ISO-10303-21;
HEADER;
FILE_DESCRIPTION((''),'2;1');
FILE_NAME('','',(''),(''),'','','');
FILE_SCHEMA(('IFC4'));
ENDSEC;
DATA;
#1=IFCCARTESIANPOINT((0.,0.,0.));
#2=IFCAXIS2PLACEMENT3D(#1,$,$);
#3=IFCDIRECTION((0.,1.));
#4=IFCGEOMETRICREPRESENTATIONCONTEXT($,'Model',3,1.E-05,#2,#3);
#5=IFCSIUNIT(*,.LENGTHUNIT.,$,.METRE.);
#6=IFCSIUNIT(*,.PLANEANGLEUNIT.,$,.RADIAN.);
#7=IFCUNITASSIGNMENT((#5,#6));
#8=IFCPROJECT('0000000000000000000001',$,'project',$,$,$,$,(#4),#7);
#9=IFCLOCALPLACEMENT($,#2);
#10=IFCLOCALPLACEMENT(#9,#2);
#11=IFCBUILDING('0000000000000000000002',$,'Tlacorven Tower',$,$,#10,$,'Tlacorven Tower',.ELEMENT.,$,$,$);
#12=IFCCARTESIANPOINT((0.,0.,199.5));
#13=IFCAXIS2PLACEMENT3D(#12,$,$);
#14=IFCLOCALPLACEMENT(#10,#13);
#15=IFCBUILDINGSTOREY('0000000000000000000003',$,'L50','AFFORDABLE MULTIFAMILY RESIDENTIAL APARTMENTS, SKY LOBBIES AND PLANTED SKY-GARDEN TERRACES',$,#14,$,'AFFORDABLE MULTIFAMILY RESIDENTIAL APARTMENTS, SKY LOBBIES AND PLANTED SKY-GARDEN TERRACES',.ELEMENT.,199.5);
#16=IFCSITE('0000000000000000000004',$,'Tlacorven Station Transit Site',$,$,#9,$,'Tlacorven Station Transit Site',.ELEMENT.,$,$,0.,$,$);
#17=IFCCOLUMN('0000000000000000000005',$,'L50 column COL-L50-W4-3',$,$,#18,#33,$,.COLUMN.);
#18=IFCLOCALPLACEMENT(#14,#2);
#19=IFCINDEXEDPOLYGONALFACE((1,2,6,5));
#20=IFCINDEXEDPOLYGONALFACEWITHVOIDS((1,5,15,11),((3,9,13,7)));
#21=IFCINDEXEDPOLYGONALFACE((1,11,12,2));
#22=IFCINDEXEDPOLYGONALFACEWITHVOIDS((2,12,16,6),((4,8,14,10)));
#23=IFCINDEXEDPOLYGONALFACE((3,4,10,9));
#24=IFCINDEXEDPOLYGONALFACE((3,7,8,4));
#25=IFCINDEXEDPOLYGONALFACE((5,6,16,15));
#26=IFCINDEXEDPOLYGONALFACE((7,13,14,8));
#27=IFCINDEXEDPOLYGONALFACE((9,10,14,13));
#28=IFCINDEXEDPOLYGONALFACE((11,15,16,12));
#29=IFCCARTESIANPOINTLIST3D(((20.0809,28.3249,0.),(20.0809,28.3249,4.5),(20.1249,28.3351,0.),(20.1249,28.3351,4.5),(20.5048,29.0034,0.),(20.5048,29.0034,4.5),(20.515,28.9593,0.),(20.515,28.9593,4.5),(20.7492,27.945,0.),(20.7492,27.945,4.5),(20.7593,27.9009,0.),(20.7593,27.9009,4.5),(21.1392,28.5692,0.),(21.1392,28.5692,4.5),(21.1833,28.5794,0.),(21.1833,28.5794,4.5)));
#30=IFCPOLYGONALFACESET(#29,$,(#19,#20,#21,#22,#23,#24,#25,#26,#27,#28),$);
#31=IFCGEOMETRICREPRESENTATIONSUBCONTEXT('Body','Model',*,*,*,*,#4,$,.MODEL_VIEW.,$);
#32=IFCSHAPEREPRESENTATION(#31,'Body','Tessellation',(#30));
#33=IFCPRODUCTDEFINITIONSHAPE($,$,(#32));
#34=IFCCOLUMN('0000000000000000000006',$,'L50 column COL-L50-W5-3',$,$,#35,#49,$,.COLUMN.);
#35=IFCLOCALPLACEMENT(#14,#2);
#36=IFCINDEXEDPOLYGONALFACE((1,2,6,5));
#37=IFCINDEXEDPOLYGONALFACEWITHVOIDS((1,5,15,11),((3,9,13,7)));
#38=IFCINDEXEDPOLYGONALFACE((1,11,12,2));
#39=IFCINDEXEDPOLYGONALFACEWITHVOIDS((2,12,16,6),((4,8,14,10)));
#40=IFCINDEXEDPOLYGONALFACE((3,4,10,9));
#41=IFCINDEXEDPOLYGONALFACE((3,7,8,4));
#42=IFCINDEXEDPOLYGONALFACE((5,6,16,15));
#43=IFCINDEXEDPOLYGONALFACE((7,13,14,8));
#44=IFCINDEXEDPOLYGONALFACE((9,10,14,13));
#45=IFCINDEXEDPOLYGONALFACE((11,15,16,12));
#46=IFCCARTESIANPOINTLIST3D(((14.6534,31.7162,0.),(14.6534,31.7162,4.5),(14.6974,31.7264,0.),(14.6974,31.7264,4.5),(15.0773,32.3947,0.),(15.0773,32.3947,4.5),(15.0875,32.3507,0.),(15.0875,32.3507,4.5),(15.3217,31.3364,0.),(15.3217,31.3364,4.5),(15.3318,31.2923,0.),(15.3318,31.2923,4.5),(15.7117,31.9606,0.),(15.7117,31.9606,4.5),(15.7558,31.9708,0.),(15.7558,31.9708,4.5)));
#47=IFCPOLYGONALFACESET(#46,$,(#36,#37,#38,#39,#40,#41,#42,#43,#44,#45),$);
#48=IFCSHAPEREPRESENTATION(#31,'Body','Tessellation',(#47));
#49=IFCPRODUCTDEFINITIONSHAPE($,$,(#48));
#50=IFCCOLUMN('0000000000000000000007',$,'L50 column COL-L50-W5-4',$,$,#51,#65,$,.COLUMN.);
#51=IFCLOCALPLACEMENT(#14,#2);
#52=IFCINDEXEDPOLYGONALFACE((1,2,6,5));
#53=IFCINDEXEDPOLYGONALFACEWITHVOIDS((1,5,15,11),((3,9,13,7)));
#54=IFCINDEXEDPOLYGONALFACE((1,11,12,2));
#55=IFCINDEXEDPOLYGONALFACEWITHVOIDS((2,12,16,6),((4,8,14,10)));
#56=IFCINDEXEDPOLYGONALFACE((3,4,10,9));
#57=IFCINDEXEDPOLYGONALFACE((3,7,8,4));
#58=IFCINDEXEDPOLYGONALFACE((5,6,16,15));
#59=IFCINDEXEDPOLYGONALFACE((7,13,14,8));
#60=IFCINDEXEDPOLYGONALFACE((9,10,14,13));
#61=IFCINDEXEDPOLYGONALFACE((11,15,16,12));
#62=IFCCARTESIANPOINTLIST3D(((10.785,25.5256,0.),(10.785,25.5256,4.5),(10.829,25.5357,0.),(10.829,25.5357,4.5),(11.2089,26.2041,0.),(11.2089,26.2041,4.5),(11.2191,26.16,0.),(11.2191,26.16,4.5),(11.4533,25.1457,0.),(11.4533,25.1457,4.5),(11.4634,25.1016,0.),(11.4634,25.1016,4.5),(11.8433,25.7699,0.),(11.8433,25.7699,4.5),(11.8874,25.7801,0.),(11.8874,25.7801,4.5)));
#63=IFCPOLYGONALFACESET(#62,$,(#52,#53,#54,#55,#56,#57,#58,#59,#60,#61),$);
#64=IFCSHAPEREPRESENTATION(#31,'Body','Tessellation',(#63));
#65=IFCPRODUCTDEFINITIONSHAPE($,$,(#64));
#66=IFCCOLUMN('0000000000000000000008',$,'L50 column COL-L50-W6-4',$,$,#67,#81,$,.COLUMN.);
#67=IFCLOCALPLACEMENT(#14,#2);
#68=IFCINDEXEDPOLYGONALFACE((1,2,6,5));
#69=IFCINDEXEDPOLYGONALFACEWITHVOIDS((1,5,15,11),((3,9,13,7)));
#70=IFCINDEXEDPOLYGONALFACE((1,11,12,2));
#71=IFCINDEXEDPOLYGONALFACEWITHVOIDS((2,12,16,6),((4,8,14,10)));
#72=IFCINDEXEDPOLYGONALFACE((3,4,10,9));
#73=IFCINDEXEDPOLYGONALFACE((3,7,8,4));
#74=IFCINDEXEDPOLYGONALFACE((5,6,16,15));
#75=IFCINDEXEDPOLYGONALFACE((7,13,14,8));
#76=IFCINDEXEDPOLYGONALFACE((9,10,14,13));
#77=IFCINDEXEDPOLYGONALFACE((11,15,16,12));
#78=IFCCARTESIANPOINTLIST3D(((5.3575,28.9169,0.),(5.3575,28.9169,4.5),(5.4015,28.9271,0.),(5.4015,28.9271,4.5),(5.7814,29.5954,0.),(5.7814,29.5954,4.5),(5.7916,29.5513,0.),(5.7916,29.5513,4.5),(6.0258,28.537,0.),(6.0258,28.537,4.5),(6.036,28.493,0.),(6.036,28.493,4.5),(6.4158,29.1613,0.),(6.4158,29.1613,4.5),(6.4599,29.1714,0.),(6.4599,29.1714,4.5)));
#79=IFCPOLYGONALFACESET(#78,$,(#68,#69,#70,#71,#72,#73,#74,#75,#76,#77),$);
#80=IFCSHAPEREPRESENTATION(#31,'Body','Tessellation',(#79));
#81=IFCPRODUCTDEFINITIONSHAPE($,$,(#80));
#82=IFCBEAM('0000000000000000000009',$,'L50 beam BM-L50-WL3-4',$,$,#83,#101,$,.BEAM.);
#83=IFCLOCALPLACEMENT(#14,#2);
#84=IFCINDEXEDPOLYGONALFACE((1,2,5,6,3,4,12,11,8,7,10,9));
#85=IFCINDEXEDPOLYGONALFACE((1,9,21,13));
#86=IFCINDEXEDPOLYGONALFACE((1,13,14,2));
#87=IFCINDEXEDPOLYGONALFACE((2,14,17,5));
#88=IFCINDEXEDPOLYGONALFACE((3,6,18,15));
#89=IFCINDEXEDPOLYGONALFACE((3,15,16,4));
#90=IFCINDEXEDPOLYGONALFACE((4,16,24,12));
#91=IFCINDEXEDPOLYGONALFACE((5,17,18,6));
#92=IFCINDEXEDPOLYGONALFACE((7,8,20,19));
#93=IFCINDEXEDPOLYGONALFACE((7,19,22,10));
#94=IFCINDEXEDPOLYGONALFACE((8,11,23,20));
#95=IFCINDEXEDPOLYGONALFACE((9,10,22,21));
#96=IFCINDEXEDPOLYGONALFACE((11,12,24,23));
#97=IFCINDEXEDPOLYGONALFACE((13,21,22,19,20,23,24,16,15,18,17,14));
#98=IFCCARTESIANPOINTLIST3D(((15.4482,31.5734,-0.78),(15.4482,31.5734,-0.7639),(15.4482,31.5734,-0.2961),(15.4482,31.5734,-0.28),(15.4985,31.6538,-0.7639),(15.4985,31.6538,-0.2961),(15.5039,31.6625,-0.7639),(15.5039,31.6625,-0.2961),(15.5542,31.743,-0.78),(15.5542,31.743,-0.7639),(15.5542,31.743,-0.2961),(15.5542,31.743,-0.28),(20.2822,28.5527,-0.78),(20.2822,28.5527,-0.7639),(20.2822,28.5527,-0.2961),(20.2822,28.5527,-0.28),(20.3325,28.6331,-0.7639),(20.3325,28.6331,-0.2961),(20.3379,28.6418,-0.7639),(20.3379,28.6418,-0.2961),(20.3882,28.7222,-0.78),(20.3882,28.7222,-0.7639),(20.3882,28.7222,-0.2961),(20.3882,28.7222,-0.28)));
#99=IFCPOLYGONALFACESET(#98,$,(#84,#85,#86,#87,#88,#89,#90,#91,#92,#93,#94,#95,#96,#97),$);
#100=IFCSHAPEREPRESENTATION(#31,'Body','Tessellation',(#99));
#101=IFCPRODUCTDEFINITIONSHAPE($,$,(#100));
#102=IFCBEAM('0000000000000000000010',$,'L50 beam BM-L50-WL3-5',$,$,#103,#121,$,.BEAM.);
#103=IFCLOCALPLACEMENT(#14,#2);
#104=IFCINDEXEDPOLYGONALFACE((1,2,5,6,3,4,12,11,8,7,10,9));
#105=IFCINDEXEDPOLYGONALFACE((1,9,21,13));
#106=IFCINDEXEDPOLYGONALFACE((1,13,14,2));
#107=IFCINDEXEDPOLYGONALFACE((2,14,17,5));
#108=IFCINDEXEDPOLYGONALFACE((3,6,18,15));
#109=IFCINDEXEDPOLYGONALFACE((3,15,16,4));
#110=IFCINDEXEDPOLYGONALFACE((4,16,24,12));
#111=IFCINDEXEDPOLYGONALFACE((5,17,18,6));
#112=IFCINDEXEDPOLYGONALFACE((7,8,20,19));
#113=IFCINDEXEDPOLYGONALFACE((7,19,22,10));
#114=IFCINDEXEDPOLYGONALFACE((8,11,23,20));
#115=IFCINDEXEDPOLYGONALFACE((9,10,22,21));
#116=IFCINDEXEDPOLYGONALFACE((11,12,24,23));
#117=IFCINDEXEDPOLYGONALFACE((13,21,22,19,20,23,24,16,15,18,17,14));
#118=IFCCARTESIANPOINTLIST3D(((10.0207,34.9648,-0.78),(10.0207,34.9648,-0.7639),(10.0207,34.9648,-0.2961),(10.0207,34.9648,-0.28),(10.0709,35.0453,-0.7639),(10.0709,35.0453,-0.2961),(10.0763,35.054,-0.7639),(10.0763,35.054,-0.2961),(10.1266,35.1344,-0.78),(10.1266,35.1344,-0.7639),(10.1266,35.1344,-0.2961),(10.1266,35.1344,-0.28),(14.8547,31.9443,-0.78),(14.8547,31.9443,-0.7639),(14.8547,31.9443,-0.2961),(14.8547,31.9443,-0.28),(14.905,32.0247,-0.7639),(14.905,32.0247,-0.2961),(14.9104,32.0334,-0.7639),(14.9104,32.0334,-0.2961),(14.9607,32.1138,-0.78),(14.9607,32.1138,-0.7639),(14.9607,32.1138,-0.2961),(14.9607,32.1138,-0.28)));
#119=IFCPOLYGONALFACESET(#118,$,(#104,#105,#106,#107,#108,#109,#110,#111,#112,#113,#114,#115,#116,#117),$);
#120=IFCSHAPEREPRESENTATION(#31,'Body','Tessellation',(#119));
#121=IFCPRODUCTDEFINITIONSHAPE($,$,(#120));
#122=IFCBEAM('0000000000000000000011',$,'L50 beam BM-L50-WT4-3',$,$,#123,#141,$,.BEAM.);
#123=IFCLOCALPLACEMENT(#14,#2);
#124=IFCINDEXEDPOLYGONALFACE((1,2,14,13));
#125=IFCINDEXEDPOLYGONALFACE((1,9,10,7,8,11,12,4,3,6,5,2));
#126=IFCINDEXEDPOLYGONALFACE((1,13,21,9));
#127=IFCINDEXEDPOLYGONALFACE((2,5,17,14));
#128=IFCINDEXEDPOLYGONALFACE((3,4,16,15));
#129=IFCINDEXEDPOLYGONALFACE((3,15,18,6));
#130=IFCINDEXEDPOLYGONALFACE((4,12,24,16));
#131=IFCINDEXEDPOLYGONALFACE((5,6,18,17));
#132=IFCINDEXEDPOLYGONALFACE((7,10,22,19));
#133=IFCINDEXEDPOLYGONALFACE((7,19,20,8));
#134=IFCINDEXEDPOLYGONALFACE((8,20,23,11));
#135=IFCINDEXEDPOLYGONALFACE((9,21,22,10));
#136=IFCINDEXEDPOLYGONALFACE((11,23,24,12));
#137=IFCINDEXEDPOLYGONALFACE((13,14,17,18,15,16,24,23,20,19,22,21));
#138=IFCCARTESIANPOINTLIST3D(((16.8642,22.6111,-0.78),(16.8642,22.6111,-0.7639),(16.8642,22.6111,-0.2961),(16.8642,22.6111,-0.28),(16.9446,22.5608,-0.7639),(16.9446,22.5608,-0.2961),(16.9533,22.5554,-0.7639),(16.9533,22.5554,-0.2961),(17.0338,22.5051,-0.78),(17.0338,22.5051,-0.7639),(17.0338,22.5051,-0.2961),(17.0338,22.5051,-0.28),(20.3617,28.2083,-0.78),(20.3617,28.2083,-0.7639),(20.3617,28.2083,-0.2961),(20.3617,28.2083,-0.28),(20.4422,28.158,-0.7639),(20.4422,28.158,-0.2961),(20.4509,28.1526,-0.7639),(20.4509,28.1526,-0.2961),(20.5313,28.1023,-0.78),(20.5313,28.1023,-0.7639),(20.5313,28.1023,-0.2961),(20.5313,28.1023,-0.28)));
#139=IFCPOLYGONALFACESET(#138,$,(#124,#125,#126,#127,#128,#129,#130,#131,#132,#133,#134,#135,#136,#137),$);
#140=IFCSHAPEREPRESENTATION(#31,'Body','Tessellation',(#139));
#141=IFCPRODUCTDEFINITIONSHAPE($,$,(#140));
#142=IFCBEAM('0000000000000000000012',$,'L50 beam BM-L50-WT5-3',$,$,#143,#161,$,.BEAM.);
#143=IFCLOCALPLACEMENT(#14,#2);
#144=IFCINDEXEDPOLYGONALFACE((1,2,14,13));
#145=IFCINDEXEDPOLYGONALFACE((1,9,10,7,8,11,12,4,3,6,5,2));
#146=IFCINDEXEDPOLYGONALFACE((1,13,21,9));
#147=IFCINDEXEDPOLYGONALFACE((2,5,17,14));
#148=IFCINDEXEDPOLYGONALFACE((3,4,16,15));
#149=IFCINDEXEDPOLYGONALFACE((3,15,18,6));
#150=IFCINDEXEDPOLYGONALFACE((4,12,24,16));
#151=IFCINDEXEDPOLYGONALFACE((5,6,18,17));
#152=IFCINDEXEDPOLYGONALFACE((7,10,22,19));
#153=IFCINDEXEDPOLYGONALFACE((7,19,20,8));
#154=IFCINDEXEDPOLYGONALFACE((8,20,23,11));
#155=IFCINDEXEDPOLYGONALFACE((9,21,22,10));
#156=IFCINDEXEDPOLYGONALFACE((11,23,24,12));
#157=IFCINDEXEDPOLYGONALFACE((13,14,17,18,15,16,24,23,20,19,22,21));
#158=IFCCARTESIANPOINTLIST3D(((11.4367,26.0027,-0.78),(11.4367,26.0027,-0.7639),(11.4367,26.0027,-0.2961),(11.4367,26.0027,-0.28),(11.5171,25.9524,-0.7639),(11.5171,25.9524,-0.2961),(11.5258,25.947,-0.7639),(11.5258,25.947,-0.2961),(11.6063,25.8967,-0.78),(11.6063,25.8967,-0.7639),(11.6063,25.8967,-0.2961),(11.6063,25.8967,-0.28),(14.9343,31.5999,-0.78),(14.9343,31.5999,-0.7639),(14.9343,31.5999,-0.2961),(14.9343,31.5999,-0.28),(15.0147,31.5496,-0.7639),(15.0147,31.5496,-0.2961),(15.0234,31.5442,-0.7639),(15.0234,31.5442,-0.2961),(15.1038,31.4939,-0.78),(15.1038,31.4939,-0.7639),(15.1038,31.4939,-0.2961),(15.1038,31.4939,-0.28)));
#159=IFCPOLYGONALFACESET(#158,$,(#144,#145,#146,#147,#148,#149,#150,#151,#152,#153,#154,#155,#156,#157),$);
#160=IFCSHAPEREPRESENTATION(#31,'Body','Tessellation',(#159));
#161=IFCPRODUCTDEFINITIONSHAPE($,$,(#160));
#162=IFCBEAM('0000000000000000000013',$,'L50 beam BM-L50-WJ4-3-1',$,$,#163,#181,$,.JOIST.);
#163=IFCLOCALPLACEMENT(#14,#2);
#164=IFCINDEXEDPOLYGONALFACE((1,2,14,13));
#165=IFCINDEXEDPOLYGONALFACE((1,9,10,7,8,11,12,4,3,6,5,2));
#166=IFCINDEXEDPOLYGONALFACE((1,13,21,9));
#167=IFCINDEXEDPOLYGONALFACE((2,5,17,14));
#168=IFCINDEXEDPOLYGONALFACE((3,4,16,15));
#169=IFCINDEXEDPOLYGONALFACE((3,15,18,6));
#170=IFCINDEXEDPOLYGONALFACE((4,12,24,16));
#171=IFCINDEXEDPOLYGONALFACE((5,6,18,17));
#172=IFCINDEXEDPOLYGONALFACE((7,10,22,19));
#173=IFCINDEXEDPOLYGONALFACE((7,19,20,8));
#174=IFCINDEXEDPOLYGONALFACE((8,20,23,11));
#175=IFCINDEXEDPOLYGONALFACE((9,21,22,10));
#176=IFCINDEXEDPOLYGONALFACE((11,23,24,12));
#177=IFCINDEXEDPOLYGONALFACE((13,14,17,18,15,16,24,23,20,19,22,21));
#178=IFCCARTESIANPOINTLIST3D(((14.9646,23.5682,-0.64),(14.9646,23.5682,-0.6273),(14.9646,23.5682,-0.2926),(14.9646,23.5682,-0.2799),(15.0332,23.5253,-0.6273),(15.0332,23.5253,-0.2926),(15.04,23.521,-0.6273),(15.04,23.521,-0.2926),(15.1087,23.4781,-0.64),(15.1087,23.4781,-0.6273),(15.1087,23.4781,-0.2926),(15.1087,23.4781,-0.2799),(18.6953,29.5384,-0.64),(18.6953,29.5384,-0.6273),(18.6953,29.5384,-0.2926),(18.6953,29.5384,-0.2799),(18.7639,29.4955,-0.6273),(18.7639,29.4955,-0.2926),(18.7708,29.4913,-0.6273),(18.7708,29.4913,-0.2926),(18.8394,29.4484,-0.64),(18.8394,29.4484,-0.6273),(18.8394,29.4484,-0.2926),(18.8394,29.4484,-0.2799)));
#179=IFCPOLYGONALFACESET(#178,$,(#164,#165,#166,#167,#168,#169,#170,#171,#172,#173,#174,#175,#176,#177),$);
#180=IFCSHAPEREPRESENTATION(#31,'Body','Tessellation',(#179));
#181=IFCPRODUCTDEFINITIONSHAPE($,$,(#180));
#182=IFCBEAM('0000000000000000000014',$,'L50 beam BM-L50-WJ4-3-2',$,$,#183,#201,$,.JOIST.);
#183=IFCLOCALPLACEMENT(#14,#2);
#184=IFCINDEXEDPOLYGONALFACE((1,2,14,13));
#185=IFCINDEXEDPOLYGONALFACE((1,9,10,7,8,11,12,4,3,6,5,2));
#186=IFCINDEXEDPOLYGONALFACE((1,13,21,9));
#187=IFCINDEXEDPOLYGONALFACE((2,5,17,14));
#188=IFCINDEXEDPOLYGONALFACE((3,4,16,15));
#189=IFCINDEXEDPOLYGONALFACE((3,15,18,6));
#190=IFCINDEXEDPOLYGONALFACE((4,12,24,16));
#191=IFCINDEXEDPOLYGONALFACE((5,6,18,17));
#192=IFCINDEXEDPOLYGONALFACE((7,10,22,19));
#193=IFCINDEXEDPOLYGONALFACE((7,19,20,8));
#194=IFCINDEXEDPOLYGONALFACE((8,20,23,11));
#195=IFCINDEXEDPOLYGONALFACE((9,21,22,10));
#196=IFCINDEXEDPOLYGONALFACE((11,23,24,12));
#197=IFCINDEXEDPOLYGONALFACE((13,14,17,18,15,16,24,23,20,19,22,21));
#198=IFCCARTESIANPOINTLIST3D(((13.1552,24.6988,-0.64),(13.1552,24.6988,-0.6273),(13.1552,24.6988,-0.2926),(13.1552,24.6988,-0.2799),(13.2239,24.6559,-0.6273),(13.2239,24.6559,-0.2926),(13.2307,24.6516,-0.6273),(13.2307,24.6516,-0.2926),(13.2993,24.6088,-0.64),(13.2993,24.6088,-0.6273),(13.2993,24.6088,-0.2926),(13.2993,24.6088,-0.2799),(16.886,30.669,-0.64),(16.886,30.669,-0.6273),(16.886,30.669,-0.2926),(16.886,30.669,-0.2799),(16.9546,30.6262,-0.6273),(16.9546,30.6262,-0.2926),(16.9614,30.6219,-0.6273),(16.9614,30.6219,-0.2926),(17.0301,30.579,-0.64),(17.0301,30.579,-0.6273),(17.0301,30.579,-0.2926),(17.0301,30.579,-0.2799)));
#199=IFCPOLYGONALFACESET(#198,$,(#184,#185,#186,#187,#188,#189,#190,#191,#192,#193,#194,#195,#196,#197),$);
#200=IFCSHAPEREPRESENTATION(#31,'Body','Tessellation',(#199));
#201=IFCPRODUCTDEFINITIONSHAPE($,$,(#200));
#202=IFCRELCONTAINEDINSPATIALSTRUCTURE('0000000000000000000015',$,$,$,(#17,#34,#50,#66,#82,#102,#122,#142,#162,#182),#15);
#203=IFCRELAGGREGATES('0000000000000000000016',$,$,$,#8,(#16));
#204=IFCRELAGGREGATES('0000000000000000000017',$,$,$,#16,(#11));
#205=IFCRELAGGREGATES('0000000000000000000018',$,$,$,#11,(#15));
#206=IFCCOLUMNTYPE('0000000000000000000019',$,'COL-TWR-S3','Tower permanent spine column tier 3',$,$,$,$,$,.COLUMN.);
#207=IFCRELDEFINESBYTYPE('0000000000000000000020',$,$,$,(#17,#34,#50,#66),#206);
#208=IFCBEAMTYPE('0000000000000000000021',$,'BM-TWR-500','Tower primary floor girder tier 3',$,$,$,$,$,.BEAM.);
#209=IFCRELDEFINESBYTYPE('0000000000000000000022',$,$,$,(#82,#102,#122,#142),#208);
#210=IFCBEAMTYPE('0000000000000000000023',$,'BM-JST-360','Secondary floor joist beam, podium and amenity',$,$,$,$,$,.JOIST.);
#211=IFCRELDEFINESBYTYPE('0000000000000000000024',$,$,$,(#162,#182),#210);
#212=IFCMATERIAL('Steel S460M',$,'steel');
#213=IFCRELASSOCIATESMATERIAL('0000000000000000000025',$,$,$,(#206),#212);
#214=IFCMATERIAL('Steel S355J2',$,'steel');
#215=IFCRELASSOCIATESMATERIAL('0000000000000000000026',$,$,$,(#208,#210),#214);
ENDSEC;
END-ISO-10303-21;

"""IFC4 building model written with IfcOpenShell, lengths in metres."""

from ifc_helpers import new_model, si_unit, direction, frame, origin, origin_2d, place, context, subcontext, project, spatial, hollow_rectangle, i_section, extrude, source, transform, mapped, material, material_profile, profile_set, type_object, element, save


model = new_model("IFC4")

# Units and contexts
model_context = context("Model", 3, precision=1e-05, world=origin(), true_north=direction((0.0, 1.0)))
body_context = subcontext(model_context, "Body", "Model", "MODEL_VIEW")
ifc_project = project(units=[si_unit("LENGTHUNIT", "METRE"), si_unit("PLANEANGLEUNIT", "RADIAN")], contexts=[model_context])

# Site, building, storey
site_placement = place(None, origin())
site = spatial("IfcSite", under=ifc_project, at=site_placement, Name="Tlacorven Station Transit Site", LongName="Tlacorven Station Transit Site", CompositionType="ELEMENT", RefElevation=0.0)
building_placement = place(site_placement, origin())
building = spatial("IfcBuilding", under=site, at=building_placement, Name="Tlacorven Tower", LongName="Tlacorven Tower", CompositionType="ELEMENT")
storey_placement = place(building_placement, frame((0.0, 0.0, 199.5)))
storey = spatial("IfcBuildingStorey", under=building, at=storey_placement, Name="L50", Description="AFFORDABLE MULTIFAMILY RESIDENTIAL APARTMENTS, SKY LOBBIES AND PLANTED SKY-GARDEN TERRACES", LongName="AFFORDABLE MULTIFAMILY RESIDENTIAL APARTMENTS, SKY LOBBIES AND PLANTED SKY-GARDEN TERRACES", CompositionType="ELEMENT", Elevation=199.5)

# Columns
ifc_material_1 = material(Name="Steel S460M", Category="steel")
ifc_material_profile_1 = material_profile(ifc_material_1, hollow_rectangle(XDim=0.8, YDim=0.8, WallThickness=0.032, at=origin_2d()), Name="BOX 800X800X32")
ifc_profile_set_1 = profile_set([ifc_material_profile_1], Name="Steel S460M")
column_type = type_object("IfcColumnType", Name="COL-TWR-S3", Description="Tower permanent spine column tier 3", PredefinedType="COLUMN", material=ifc_profile_set_1)
shared_shape_1 = source(origin(), body_context, "Body", "SweptSolid", [
    extrude(hollow_rectangle(XDim=0.8, YDim=0.8, WallThickness=0.032, at=origin_2d()), origin(), (0.0, 0.0, 1.0), 4.5),
])
for number, where, z_axis, x_axis, name in (
    (1, (20.6321, 28.4521, 0.0), (0.0, 0.0, 1.0), (-0.848048, 0.529919, 0.0), "L50 column COL-L50-W4-3"),
    (2, (15.2046, 31.8435, 0.0), (0.0, 0.0, 1.0), (-0.848048, 0.529919, 0.0), "L50 column COL-L50-W5-3"),
    (3, (11.3362, 25.6528, 0.0), (0.0, 0.0, 1.0), (-0.848048, 0.529919, 0.0), "L50 column COL-L50-W5-4"),
    (4, (5.9087, 29.0442, 0.0), (0.0, 0.0, 1.0), (-0.848048, 0.529919, 0.0), "L50 column COL-L50-W6-4"),
):
    element("IfcColumn", number, at=place(storey_placement, frame(where, z_axis=z_axis, x_axis=x_axis)), inside=storey, type_object=column_type, Name=name, PredefinedType="COLUMN", context=body_context, shape_type="MappedRepresentation", body=[
        mapped(shared_shape_1, transform((0.0, 0.0, 0.0), scale=1.0)),
    ])

# Beams
ifc_material_2 = material(Name="Steel S355J2", Category="steel")
ifc_material_profile_2 = material_profile(ifc_material_2, i_section(OverallWidth=0.2, OverallDepth=0.5, WebThickness=0.0103, FlangeThickness=0.0161, at=origin_2d()), Name="IPE 500")
ifc_profile_set_2 = profile_set([ifc_material_profile_2], Name="Steel S355J2")
beam_type_1 = type_object("IfcBeamType", Name="BM-TWR-500", Description="Tower primary floor girder tier 3", PredefinedType="BEAM", material=ifc_profile_set_2)
shared_shape_2 = source(origin(), body_context, "Body", "SweptSolid", [
    extrude(i_section(OverallWidth=0.2, OverallDepth=0.5, WebThickness=0.0103, FlangeThickness=0.0161, at=origin_2d()), origin(), (0.0, 0.0, 1.0), 5.7002),
])
for number, where, z_axis, x_axis, name in (
    (5, (20.3352, 28.6375, -0.53), (-0.848037, 0.529937, 0.0), (-0.529937, -0.848037, 0.0), "L50 beam BM-L50-WL3-4"),
    (6, (14.9077, 32.0291, -0.53), (-0.848056, 0.529907, 0.0), (-0.529907, -0.848056, 0.0), "L50 beam BM-L50-WL3-5"),
):
    element("IfcBeam", number, at=place(storey_placement, frame(where, z_axis=z_axis, x_axis=x_axis)), inside=storey, type_object=beam_type_1, Name=name, PredefinedType="BEAM", context=body_context, shape_type="MappedRepresentation", body=[
        mapped(shared_shape_2, transform((0.0, 0.0, 0.0), scale=1.0)),
    ])
shared_shape_3 = source(origin(), body_context, "Body", "SweptSolid", [
    extrude(i_section(OverallWidth=0.2, OverallDepth=0.5, WebThickness=0.0103, FlangeThickness=0.0161, at=origin_2d()), origin(), (0.0, 0.0, 1.0), 6.6001),
])
for number, where, z_axis, x_axis, name in (
    (7, (20.4465, 28.1553, -0.53), (-0.529926, -0.848044, 0.0), (0.848044, -0.529926, 0.0), "L50 beam BM-L50-WT4-3"),
    (8, (15.019, 31.5469, -0.53), (-0.529926, -0.848044, 0.0), (0.848044, -0.529926, 0.0), "L50 beam BM-L50-WT5-3"),
):
    element("IfcBeam", number, at=place(storey_placement, frame(where, z_axis=z_axis, x_axis=x_axis)), inside=storey, type_object=beam_type_1, Name=name, PredefinedType="BEAM", context=body_context, shape_type="MappedRepresentation", body=[
        mapped(shared_shape_3, transform((0.0, 0.0, 0.0), scale=1.0)),
    ])
ifc_material_profile_3 = material_profile(ifc_material_2, i_section(OverallWidth=0.1699, OverallDepth=0.3601, WebThickness=0.0081, FlangeThickness=0.0127, at=origin_2d()), Name="IPE 360")
ifc_profile_set_3 = profile_set([ifc_material_profile_3], Name="Steel S355J2")
beam_type_2 = type_object("IfcBeamType", Name="BM-JST-360", Description="Secondary floor joist beam, podium and amenity", PredefinedType="JOIST", material=ifc_profile_set_3)
shared_shape_4 = source(origin(), body_context, "Body", "SweptSolid", [
    extrude(i_section(OverallWidth=0.1699, OverallDepth=0.3601, WebThickness=0.0081, FlangeThickness=0.0127, at=origin_2d()), origin(), (0.0, 0.0, 1.0), 7.04),
])
for number, where, z_axis, x_axis, name in (
    (9, (18.7673, 29.4934, -0.46), (-0.52993, -0.848041, 0.0), (0.848041, -0.52993, 0.0), "L50 beam BM-L50-WJ4-3-1"),
    (10, (16.958, 30.624, -0.46), (-0.52993, -0.848041, 0.0), (0.848041, -0.52993, 0.0), "L50 beam BM-L50-WJ4-3-2"),
):
    element("IfcBeam", number, at=place(storey_placement, frame(where, z_axis=z_axis, x_axis=x_axis)), inside=storey, type_object=beam_type_2, Name=name, PredefinedType="JOIST", context=body_context, shape_type="MappedRepresentation", body=[
        mapped(shared_shape_4, transform((0.0, 0.0, 0.0), scale=1.0)),
    ])

save(model, "model.ifc")
